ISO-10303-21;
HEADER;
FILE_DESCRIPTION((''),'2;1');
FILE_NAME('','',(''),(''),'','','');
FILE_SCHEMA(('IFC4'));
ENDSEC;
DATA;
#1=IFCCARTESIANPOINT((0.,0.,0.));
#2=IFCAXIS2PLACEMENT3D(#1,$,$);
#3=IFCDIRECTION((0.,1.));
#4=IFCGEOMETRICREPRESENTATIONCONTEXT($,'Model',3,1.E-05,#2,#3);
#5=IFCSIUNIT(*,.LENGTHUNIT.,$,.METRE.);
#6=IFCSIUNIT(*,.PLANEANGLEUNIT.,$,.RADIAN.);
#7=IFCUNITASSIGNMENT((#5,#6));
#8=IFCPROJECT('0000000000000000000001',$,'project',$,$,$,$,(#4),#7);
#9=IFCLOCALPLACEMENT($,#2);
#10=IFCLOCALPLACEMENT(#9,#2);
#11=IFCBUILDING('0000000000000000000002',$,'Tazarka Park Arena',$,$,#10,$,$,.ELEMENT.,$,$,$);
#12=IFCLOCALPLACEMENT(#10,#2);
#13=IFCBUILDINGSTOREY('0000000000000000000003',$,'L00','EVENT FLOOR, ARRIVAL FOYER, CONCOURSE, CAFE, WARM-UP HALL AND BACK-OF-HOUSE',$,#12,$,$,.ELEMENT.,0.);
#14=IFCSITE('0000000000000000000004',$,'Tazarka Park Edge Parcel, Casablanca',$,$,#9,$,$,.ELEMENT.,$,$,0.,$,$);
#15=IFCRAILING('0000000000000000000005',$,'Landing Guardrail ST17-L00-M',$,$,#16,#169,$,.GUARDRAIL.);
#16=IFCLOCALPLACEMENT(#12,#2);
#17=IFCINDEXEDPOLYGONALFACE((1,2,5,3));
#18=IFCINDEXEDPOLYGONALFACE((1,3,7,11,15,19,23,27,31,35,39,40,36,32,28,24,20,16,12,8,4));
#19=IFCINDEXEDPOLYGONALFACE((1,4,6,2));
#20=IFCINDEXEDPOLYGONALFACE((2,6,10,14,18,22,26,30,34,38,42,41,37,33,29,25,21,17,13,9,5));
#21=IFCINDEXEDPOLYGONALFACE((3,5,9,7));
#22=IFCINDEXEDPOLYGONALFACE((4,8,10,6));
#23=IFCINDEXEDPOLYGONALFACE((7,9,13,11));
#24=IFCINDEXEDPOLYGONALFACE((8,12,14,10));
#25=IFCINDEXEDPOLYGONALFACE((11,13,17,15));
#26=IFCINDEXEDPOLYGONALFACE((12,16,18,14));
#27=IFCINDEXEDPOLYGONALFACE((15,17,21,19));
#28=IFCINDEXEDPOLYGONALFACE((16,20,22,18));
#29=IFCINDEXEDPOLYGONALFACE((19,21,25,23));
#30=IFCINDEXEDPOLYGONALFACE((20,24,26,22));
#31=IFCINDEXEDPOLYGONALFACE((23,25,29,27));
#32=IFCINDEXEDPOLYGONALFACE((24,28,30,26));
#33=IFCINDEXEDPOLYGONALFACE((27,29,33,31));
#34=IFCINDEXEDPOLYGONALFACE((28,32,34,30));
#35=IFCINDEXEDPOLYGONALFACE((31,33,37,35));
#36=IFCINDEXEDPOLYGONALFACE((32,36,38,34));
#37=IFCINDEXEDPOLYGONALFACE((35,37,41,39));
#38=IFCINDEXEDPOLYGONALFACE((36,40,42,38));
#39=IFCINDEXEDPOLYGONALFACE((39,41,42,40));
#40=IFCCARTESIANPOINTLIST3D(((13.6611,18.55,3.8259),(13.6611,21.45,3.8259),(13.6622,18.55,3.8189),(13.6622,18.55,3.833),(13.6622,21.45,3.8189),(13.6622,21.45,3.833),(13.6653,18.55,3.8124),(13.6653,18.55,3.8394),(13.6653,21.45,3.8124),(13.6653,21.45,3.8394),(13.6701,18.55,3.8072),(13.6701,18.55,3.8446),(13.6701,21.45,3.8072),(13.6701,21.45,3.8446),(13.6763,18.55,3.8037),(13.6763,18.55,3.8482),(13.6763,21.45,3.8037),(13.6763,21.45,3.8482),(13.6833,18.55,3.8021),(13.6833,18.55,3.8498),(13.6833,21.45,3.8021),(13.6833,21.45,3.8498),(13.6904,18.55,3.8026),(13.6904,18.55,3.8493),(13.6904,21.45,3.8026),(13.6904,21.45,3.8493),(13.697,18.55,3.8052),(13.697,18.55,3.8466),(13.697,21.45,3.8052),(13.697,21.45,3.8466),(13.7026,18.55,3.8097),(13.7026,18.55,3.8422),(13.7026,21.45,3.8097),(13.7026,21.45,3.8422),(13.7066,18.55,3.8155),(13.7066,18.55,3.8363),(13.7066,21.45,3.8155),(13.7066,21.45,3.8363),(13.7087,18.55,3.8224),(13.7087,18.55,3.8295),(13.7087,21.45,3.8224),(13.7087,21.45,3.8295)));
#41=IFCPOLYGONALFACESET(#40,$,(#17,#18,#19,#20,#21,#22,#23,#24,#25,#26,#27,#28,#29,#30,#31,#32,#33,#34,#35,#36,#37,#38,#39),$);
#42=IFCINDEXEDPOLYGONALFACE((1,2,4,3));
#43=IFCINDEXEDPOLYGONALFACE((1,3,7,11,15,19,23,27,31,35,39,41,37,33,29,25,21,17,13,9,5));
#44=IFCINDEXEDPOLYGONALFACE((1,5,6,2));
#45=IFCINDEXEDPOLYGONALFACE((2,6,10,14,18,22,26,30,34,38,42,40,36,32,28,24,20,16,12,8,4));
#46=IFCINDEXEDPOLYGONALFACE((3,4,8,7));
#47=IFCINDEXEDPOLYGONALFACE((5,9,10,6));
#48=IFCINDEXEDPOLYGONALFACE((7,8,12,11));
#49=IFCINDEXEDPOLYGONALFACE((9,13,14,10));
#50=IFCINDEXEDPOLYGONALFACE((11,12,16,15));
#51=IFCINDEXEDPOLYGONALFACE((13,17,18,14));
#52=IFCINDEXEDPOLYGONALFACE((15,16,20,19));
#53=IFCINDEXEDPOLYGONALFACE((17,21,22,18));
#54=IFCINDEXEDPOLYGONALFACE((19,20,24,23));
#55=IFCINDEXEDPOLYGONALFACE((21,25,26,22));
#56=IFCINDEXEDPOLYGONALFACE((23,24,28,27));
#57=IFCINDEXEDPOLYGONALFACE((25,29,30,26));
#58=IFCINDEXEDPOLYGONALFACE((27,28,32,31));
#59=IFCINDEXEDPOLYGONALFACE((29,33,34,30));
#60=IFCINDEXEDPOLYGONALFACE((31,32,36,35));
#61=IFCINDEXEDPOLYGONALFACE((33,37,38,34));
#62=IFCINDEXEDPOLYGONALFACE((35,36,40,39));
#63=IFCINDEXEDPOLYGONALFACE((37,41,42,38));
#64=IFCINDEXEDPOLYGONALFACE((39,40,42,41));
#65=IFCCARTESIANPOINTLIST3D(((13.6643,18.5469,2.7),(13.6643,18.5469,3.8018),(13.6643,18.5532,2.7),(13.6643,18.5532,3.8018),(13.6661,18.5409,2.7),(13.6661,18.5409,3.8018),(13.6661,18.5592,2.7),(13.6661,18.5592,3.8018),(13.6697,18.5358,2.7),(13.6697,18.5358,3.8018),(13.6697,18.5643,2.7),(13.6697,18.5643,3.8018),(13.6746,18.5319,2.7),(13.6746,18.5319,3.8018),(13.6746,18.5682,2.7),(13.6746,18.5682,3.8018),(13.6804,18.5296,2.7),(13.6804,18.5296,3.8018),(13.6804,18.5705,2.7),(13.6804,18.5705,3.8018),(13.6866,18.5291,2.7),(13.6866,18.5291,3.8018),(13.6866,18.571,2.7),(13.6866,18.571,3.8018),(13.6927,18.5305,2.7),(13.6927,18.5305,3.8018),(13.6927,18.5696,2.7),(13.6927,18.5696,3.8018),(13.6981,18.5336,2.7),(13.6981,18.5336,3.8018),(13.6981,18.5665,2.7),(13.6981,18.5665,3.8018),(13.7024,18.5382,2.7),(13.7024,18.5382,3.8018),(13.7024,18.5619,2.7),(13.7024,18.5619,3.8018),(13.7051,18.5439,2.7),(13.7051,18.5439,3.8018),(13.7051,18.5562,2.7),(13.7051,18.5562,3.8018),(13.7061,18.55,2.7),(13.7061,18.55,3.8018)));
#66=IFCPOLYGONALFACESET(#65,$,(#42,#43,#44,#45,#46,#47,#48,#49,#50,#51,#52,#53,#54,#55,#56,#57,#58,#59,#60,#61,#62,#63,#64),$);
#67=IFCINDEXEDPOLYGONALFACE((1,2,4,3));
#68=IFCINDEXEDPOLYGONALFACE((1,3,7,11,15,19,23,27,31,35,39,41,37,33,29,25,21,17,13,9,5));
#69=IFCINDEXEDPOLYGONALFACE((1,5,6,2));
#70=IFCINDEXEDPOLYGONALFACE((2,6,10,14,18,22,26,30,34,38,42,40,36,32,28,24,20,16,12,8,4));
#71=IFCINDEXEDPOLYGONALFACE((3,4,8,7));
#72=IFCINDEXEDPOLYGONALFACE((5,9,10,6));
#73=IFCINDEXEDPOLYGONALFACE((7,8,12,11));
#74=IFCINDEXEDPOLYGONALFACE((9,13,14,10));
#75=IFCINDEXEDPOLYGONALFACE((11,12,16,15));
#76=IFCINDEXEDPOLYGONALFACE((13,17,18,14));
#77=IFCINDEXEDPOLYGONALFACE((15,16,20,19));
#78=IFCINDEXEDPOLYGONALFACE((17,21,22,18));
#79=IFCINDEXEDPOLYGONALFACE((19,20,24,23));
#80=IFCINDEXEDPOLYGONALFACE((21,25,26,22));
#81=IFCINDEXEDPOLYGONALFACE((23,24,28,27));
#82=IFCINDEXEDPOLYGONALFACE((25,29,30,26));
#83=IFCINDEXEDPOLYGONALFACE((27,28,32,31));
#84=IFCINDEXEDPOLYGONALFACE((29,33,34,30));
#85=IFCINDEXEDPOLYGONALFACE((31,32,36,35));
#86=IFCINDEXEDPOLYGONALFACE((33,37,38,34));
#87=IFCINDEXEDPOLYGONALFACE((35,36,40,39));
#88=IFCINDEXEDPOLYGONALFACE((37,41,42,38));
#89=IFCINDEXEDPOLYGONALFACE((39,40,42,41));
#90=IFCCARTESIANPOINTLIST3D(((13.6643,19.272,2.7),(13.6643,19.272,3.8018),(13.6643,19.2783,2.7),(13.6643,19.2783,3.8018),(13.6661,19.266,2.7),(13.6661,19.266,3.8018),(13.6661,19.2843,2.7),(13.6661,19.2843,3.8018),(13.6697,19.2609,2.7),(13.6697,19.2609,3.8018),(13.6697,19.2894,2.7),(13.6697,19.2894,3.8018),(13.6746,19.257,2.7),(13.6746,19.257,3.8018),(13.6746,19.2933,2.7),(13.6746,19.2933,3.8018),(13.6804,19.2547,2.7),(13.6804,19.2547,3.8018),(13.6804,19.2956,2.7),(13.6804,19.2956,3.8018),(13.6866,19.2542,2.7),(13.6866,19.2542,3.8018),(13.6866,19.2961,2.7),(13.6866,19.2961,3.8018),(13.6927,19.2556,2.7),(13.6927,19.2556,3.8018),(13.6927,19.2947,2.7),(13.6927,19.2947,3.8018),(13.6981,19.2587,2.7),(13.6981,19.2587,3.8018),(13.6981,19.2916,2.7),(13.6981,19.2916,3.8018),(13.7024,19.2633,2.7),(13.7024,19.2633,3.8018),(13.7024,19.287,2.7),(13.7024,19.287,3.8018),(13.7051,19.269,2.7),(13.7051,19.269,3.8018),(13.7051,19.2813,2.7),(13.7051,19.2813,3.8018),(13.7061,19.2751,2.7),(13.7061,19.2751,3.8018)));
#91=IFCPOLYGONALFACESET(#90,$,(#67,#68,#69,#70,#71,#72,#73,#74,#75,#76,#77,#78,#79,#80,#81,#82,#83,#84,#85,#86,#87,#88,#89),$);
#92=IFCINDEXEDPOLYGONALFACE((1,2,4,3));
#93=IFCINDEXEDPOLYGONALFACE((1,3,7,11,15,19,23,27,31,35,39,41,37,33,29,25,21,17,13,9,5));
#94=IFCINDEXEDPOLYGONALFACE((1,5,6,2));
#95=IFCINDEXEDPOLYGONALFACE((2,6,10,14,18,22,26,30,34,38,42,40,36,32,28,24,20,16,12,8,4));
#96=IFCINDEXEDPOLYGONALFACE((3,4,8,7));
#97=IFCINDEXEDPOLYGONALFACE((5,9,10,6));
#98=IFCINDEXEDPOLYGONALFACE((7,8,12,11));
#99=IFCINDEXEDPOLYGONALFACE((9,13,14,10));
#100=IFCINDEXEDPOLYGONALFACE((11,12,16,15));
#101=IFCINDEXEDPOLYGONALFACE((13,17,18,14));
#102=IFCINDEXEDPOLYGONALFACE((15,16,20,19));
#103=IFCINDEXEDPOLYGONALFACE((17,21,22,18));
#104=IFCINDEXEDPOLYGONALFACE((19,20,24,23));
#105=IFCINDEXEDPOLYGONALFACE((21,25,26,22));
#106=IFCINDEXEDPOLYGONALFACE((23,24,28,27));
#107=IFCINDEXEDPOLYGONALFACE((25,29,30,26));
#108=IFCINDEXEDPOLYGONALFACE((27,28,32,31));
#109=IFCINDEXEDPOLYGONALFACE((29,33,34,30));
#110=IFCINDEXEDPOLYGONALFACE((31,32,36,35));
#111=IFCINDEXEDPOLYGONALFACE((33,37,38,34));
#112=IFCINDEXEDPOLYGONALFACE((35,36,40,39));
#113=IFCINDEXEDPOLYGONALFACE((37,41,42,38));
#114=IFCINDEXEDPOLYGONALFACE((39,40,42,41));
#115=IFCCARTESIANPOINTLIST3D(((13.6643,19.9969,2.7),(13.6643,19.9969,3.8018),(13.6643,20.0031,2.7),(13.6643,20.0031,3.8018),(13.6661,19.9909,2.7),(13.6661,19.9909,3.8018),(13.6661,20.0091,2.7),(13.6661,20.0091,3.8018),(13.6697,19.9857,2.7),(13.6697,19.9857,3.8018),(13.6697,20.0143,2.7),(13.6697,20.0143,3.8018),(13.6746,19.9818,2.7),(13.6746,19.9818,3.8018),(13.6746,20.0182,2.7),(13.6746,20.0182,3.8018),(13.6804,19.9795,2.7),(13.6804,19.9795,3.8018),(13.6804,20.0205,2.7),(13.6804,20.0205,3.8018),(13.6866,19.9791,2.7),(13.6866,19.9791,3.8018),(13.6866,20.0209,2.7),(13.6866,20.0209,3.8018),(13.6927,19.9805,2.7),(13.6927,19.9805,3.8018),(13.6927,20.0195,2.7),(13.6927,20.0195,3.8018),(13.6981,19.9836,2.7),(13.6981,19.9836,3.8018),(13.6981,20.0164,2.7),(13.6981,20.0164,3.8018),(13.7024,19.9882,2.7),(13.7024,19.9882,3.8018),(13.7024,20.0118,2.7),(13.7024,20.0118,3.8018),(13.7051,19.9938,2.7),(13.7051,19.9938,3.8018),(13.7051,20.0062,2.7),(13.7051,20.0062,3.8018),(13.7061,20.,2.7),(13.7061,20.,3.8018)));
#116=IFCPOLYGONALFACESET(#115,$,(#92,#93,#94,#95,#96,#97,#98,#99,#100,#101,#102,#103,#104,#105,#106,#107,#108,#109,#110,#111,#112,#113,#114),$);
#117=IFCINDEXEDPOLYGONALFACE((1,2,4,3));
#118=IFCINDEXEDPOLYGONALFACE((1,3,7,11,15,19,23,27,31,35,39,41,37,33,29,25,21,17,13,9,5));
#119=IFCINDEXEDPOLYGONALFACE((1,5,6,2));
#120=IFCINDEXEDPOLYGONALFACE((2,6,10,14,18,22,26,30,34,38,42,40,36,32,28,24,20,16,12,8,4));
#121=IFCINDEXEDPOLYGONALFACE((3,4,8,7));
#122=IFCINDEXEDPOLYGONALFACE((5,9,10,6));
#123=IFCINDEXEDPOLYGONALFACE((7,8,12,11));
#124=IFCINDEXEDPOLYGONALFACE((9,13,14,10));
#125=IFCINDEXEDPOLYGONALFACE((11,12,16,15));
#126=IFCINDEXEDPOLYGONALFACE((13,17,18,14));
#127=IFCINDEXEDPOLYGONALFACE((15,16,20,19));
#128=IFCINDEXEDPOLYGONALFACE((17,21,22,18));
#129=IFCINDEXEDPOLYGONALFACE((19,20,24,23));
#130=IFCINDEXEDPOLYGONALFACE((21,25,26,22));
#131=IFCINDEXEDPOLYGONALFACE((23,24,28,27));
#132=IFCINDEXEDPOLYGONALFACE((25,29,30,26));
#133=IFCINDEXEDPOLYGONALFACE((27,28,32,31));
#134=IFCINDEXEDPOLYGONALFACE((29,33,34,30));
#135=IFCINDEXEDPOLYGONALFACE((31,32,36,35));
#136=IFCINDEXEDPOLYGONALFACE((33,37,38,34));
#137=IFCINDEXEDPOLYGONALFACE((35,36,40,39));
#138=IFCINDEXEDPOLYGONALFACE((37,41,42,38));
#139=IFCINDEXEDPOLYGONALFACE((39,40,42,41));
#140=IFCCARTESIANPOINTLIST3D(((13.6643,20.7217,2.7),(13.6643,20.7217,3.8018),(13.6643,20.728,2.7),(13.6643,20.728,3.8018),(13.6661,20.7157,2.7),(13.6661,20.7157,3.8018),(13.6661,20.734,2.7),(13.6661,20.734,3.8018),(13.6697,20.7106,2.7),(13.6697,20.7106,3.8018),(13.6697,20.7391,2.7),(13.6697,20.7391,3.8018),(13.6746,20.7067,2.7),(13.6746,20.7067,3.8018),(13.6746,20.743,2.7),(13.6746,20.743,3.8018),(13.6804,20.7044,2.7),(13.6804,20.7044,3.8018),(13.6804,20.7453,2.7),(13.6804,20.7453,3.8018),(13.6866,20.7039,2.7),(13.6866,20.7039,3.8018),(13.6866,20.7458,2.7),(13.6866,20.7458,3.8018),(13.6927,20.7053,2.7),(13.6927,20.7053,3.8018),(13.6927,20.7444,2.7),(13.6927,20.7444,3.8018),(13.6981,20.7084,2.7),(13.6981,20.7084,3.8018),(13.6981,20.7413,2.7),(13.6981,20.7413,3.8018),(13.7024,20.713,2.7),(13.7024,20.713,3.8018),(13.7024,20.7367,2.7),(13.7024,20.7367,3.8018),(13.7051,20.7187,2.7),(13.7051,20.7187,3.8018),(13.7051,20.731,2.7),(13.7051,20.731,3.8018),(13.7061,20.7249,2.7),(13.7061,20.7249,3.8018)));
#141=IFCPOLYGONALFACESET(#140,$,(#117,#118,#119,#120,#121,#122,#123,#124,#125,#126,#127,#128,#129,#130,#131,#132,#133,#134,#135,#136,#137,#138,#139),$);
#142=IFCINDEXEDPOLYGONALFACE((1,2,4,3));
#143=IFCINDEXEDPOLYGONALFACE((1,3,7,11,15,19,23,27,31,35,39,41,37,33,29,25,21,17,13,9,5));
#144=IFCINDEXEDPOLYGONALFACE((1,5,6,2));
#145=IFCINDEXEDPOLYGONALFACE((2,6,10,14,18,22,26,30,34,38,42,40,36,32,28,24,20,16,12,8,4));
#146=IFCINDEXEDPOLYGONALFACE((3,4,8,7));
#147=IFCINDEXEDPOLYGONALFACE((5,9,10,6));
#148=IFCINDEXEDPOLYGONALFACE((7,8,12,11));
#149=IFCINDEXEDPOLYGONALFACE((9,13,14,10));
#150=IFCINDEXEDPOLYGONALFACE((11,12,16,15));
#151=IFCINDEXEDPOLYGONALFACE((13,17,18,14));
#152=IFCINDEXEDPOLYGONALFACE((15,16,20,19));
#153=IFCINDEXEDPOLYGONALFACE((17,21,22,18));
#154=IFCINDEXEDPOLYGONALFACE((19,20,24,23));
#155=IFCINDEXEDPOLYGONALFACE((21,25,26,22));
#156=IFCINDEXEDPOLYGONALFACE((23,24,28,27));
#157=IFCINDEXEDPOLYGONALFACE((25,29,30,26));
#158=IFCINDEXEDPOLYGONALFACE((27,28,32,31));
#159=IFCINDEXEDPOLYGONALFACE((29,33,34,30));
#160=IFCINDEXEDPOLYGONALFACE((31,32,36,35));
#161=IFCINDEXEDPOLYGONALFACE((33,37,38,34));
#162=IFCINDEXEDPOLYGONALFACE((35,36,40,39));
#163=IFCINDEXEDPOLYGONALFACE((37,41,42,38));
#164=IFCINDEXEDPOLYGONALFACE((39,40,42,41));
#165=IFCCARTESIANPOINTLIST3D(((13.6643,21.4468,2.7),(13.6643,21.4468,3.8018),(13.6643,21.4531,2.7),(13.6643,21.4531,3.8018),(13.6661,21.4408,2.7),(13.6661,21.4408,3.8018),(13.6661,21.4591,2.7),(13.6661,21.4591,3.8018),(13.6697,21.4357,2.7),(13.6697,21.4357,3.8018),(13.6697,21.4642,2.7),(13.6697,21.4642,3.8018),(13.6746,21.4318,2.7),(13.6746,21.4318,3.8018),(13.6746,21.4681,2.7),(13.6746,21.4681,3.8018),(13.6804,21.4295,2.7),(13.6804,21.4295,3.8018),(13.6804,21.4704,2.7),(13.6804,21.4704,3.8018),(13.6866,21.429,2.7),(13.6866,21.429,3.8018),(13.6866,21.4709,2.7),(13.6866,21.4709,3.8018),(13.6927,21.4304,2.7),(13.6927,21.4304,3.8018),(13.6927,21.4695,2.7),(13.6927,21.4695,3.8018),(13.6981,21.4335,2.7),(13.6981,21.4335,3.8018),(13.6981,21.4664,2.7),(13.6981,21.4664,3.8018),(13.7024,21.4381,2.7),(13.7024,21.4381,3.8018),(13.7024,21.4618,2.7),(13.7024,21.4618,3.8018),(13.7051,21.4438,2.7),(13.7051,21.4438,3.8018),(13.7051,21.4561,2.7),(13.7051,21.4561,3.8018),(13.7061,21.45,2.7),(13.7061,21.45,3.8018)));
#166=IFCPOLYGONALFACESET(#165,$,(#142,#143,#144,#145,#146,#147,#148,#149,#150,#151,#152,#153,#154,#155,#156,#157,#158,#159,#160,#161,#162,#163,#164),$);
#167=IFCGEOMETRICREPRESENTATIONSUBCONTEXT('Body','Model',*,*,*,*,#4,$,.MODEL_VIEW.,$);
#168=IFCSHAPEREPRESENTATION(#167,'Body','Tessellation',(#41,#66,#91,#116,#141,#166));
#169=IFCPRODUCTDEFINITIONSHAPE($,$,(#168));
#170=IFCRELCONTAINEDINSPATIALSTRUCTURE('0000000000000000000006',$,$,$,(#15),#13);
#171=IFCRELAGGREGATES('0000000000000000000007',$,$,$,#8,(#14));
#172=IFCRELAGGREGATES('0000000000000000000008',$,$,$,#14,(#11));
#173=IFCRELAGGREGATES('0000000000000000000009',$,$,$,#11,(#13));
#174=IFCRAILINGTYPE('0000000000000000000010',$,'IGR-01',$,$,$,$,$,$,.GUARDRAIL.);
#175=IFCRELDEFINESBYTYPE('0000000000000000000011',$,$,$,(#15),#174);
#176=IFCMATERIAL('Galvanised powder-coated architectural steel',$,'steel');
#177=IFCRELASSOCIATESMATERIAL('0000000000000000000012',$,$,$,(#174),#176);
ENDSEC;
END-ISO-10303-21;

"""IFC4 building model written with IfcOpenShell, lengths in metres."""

from ifc_helpers import new_model, si_unit, direction, frame, origin, origin_2d, place, context, subcontext, project, spatial, circle, extrude, material, type_object, element, save


model = new_model("IFC4")

# Units and contexts
model_context = context("Model", 3, precision=1e-05, world=origin(), true_north=direction((0.0, 1.0)))
body_context = subcontext(model_context, "Body", "Model", "MODEL_VIEW")
ifc_project = project(units=[si_unit("LENGTHUNIT", "METRE"), si_unit("PLANEANGLEUNIT", "RADIAN")], contexts=[model_context])

# Site, building, storey
site_placement = place(None, origin())
site = spatial("IfcSite", under=ifc_project, at=site_placement, Name="Tazarka Park Edge Parcel, Casablanca", CompositionType="ELEMENT", RefElevation=0.0)
building_placement = place(site_placement, origin())
building = spatial("IfcBuilding", under=site, at=building_placement, Name="Tazarka Park Arena", CompositionType="ELEMENT")
storey_placement = place(building_placement, origin())
storey = spatial("IfcBuildingStorey", under=building, at=storey_placement, Name="L00", Description="EVENT FLOOR, ARRIVAL FOYER, CONCOURSE, CAFE, WARM-UP HALL AND BACK-OF-HOUSE", CompositionType="ELEMENT", Elevation=0.0)

# Railing
ifc_material_1 = material(Name="Galvanised powder-coated architectural steel", Category="steel")
railing_type_1 = type_object("IfcRailingType", Name="IGR-01", PredefinedType="GUARDRAIL", material=ifc_material_1)
for number, where, name in (
    (1, (13.6851, 18.55, 2.7), "Landing Guardrail ST17-L00-M"),
):
    element("IfcRailing", number, at=place(storey_placement, frame(where)), inside=storey, type_object=railing_type_1, Name=name, PredefinedType="GUARDRAIL", context=body_context, shape_type="SweptSolid", body=[
        extrude(circle(Radius=0.0239, at=origin_2d()), frame((0.0, 0.0, 1.126), z_axis=(0.0, 1.0, 0.0), x_axis=(-1.0, 0.0, 0.0)), (0.0, 0.0, 1.0), 2.8999),
        extrude(circle(Radius=0.021, at=origin_2d()), origin(), (0.0, 0.0, 1.0), 1.1018),
        extrude(circle(Radius=0.021, at=origin_2d()), frame((0.0, 0.7251, 0.0)), (0.0, 0.0, 1.0), 1.1018),
        extrude(circle(Radius=0.021, at=origin_2d()), frame((0.0, 1.45, 0.0)), (0.0, 0.0, 1.0), 1.1018),
        extrude(circle(Radius=0.021, at=origin_2d()), frame((0.0, 2.1748, 0.0)), (0.0, 0.0, 1.0), 1.1018),
        extrude(circle(Radius=0.021, at=origin_2d()), frame((0.0, 2.8999, 0.0)), (0.0, 0.0, 1.0), 1.1018),
    ])

save(model, "model.ifc")
